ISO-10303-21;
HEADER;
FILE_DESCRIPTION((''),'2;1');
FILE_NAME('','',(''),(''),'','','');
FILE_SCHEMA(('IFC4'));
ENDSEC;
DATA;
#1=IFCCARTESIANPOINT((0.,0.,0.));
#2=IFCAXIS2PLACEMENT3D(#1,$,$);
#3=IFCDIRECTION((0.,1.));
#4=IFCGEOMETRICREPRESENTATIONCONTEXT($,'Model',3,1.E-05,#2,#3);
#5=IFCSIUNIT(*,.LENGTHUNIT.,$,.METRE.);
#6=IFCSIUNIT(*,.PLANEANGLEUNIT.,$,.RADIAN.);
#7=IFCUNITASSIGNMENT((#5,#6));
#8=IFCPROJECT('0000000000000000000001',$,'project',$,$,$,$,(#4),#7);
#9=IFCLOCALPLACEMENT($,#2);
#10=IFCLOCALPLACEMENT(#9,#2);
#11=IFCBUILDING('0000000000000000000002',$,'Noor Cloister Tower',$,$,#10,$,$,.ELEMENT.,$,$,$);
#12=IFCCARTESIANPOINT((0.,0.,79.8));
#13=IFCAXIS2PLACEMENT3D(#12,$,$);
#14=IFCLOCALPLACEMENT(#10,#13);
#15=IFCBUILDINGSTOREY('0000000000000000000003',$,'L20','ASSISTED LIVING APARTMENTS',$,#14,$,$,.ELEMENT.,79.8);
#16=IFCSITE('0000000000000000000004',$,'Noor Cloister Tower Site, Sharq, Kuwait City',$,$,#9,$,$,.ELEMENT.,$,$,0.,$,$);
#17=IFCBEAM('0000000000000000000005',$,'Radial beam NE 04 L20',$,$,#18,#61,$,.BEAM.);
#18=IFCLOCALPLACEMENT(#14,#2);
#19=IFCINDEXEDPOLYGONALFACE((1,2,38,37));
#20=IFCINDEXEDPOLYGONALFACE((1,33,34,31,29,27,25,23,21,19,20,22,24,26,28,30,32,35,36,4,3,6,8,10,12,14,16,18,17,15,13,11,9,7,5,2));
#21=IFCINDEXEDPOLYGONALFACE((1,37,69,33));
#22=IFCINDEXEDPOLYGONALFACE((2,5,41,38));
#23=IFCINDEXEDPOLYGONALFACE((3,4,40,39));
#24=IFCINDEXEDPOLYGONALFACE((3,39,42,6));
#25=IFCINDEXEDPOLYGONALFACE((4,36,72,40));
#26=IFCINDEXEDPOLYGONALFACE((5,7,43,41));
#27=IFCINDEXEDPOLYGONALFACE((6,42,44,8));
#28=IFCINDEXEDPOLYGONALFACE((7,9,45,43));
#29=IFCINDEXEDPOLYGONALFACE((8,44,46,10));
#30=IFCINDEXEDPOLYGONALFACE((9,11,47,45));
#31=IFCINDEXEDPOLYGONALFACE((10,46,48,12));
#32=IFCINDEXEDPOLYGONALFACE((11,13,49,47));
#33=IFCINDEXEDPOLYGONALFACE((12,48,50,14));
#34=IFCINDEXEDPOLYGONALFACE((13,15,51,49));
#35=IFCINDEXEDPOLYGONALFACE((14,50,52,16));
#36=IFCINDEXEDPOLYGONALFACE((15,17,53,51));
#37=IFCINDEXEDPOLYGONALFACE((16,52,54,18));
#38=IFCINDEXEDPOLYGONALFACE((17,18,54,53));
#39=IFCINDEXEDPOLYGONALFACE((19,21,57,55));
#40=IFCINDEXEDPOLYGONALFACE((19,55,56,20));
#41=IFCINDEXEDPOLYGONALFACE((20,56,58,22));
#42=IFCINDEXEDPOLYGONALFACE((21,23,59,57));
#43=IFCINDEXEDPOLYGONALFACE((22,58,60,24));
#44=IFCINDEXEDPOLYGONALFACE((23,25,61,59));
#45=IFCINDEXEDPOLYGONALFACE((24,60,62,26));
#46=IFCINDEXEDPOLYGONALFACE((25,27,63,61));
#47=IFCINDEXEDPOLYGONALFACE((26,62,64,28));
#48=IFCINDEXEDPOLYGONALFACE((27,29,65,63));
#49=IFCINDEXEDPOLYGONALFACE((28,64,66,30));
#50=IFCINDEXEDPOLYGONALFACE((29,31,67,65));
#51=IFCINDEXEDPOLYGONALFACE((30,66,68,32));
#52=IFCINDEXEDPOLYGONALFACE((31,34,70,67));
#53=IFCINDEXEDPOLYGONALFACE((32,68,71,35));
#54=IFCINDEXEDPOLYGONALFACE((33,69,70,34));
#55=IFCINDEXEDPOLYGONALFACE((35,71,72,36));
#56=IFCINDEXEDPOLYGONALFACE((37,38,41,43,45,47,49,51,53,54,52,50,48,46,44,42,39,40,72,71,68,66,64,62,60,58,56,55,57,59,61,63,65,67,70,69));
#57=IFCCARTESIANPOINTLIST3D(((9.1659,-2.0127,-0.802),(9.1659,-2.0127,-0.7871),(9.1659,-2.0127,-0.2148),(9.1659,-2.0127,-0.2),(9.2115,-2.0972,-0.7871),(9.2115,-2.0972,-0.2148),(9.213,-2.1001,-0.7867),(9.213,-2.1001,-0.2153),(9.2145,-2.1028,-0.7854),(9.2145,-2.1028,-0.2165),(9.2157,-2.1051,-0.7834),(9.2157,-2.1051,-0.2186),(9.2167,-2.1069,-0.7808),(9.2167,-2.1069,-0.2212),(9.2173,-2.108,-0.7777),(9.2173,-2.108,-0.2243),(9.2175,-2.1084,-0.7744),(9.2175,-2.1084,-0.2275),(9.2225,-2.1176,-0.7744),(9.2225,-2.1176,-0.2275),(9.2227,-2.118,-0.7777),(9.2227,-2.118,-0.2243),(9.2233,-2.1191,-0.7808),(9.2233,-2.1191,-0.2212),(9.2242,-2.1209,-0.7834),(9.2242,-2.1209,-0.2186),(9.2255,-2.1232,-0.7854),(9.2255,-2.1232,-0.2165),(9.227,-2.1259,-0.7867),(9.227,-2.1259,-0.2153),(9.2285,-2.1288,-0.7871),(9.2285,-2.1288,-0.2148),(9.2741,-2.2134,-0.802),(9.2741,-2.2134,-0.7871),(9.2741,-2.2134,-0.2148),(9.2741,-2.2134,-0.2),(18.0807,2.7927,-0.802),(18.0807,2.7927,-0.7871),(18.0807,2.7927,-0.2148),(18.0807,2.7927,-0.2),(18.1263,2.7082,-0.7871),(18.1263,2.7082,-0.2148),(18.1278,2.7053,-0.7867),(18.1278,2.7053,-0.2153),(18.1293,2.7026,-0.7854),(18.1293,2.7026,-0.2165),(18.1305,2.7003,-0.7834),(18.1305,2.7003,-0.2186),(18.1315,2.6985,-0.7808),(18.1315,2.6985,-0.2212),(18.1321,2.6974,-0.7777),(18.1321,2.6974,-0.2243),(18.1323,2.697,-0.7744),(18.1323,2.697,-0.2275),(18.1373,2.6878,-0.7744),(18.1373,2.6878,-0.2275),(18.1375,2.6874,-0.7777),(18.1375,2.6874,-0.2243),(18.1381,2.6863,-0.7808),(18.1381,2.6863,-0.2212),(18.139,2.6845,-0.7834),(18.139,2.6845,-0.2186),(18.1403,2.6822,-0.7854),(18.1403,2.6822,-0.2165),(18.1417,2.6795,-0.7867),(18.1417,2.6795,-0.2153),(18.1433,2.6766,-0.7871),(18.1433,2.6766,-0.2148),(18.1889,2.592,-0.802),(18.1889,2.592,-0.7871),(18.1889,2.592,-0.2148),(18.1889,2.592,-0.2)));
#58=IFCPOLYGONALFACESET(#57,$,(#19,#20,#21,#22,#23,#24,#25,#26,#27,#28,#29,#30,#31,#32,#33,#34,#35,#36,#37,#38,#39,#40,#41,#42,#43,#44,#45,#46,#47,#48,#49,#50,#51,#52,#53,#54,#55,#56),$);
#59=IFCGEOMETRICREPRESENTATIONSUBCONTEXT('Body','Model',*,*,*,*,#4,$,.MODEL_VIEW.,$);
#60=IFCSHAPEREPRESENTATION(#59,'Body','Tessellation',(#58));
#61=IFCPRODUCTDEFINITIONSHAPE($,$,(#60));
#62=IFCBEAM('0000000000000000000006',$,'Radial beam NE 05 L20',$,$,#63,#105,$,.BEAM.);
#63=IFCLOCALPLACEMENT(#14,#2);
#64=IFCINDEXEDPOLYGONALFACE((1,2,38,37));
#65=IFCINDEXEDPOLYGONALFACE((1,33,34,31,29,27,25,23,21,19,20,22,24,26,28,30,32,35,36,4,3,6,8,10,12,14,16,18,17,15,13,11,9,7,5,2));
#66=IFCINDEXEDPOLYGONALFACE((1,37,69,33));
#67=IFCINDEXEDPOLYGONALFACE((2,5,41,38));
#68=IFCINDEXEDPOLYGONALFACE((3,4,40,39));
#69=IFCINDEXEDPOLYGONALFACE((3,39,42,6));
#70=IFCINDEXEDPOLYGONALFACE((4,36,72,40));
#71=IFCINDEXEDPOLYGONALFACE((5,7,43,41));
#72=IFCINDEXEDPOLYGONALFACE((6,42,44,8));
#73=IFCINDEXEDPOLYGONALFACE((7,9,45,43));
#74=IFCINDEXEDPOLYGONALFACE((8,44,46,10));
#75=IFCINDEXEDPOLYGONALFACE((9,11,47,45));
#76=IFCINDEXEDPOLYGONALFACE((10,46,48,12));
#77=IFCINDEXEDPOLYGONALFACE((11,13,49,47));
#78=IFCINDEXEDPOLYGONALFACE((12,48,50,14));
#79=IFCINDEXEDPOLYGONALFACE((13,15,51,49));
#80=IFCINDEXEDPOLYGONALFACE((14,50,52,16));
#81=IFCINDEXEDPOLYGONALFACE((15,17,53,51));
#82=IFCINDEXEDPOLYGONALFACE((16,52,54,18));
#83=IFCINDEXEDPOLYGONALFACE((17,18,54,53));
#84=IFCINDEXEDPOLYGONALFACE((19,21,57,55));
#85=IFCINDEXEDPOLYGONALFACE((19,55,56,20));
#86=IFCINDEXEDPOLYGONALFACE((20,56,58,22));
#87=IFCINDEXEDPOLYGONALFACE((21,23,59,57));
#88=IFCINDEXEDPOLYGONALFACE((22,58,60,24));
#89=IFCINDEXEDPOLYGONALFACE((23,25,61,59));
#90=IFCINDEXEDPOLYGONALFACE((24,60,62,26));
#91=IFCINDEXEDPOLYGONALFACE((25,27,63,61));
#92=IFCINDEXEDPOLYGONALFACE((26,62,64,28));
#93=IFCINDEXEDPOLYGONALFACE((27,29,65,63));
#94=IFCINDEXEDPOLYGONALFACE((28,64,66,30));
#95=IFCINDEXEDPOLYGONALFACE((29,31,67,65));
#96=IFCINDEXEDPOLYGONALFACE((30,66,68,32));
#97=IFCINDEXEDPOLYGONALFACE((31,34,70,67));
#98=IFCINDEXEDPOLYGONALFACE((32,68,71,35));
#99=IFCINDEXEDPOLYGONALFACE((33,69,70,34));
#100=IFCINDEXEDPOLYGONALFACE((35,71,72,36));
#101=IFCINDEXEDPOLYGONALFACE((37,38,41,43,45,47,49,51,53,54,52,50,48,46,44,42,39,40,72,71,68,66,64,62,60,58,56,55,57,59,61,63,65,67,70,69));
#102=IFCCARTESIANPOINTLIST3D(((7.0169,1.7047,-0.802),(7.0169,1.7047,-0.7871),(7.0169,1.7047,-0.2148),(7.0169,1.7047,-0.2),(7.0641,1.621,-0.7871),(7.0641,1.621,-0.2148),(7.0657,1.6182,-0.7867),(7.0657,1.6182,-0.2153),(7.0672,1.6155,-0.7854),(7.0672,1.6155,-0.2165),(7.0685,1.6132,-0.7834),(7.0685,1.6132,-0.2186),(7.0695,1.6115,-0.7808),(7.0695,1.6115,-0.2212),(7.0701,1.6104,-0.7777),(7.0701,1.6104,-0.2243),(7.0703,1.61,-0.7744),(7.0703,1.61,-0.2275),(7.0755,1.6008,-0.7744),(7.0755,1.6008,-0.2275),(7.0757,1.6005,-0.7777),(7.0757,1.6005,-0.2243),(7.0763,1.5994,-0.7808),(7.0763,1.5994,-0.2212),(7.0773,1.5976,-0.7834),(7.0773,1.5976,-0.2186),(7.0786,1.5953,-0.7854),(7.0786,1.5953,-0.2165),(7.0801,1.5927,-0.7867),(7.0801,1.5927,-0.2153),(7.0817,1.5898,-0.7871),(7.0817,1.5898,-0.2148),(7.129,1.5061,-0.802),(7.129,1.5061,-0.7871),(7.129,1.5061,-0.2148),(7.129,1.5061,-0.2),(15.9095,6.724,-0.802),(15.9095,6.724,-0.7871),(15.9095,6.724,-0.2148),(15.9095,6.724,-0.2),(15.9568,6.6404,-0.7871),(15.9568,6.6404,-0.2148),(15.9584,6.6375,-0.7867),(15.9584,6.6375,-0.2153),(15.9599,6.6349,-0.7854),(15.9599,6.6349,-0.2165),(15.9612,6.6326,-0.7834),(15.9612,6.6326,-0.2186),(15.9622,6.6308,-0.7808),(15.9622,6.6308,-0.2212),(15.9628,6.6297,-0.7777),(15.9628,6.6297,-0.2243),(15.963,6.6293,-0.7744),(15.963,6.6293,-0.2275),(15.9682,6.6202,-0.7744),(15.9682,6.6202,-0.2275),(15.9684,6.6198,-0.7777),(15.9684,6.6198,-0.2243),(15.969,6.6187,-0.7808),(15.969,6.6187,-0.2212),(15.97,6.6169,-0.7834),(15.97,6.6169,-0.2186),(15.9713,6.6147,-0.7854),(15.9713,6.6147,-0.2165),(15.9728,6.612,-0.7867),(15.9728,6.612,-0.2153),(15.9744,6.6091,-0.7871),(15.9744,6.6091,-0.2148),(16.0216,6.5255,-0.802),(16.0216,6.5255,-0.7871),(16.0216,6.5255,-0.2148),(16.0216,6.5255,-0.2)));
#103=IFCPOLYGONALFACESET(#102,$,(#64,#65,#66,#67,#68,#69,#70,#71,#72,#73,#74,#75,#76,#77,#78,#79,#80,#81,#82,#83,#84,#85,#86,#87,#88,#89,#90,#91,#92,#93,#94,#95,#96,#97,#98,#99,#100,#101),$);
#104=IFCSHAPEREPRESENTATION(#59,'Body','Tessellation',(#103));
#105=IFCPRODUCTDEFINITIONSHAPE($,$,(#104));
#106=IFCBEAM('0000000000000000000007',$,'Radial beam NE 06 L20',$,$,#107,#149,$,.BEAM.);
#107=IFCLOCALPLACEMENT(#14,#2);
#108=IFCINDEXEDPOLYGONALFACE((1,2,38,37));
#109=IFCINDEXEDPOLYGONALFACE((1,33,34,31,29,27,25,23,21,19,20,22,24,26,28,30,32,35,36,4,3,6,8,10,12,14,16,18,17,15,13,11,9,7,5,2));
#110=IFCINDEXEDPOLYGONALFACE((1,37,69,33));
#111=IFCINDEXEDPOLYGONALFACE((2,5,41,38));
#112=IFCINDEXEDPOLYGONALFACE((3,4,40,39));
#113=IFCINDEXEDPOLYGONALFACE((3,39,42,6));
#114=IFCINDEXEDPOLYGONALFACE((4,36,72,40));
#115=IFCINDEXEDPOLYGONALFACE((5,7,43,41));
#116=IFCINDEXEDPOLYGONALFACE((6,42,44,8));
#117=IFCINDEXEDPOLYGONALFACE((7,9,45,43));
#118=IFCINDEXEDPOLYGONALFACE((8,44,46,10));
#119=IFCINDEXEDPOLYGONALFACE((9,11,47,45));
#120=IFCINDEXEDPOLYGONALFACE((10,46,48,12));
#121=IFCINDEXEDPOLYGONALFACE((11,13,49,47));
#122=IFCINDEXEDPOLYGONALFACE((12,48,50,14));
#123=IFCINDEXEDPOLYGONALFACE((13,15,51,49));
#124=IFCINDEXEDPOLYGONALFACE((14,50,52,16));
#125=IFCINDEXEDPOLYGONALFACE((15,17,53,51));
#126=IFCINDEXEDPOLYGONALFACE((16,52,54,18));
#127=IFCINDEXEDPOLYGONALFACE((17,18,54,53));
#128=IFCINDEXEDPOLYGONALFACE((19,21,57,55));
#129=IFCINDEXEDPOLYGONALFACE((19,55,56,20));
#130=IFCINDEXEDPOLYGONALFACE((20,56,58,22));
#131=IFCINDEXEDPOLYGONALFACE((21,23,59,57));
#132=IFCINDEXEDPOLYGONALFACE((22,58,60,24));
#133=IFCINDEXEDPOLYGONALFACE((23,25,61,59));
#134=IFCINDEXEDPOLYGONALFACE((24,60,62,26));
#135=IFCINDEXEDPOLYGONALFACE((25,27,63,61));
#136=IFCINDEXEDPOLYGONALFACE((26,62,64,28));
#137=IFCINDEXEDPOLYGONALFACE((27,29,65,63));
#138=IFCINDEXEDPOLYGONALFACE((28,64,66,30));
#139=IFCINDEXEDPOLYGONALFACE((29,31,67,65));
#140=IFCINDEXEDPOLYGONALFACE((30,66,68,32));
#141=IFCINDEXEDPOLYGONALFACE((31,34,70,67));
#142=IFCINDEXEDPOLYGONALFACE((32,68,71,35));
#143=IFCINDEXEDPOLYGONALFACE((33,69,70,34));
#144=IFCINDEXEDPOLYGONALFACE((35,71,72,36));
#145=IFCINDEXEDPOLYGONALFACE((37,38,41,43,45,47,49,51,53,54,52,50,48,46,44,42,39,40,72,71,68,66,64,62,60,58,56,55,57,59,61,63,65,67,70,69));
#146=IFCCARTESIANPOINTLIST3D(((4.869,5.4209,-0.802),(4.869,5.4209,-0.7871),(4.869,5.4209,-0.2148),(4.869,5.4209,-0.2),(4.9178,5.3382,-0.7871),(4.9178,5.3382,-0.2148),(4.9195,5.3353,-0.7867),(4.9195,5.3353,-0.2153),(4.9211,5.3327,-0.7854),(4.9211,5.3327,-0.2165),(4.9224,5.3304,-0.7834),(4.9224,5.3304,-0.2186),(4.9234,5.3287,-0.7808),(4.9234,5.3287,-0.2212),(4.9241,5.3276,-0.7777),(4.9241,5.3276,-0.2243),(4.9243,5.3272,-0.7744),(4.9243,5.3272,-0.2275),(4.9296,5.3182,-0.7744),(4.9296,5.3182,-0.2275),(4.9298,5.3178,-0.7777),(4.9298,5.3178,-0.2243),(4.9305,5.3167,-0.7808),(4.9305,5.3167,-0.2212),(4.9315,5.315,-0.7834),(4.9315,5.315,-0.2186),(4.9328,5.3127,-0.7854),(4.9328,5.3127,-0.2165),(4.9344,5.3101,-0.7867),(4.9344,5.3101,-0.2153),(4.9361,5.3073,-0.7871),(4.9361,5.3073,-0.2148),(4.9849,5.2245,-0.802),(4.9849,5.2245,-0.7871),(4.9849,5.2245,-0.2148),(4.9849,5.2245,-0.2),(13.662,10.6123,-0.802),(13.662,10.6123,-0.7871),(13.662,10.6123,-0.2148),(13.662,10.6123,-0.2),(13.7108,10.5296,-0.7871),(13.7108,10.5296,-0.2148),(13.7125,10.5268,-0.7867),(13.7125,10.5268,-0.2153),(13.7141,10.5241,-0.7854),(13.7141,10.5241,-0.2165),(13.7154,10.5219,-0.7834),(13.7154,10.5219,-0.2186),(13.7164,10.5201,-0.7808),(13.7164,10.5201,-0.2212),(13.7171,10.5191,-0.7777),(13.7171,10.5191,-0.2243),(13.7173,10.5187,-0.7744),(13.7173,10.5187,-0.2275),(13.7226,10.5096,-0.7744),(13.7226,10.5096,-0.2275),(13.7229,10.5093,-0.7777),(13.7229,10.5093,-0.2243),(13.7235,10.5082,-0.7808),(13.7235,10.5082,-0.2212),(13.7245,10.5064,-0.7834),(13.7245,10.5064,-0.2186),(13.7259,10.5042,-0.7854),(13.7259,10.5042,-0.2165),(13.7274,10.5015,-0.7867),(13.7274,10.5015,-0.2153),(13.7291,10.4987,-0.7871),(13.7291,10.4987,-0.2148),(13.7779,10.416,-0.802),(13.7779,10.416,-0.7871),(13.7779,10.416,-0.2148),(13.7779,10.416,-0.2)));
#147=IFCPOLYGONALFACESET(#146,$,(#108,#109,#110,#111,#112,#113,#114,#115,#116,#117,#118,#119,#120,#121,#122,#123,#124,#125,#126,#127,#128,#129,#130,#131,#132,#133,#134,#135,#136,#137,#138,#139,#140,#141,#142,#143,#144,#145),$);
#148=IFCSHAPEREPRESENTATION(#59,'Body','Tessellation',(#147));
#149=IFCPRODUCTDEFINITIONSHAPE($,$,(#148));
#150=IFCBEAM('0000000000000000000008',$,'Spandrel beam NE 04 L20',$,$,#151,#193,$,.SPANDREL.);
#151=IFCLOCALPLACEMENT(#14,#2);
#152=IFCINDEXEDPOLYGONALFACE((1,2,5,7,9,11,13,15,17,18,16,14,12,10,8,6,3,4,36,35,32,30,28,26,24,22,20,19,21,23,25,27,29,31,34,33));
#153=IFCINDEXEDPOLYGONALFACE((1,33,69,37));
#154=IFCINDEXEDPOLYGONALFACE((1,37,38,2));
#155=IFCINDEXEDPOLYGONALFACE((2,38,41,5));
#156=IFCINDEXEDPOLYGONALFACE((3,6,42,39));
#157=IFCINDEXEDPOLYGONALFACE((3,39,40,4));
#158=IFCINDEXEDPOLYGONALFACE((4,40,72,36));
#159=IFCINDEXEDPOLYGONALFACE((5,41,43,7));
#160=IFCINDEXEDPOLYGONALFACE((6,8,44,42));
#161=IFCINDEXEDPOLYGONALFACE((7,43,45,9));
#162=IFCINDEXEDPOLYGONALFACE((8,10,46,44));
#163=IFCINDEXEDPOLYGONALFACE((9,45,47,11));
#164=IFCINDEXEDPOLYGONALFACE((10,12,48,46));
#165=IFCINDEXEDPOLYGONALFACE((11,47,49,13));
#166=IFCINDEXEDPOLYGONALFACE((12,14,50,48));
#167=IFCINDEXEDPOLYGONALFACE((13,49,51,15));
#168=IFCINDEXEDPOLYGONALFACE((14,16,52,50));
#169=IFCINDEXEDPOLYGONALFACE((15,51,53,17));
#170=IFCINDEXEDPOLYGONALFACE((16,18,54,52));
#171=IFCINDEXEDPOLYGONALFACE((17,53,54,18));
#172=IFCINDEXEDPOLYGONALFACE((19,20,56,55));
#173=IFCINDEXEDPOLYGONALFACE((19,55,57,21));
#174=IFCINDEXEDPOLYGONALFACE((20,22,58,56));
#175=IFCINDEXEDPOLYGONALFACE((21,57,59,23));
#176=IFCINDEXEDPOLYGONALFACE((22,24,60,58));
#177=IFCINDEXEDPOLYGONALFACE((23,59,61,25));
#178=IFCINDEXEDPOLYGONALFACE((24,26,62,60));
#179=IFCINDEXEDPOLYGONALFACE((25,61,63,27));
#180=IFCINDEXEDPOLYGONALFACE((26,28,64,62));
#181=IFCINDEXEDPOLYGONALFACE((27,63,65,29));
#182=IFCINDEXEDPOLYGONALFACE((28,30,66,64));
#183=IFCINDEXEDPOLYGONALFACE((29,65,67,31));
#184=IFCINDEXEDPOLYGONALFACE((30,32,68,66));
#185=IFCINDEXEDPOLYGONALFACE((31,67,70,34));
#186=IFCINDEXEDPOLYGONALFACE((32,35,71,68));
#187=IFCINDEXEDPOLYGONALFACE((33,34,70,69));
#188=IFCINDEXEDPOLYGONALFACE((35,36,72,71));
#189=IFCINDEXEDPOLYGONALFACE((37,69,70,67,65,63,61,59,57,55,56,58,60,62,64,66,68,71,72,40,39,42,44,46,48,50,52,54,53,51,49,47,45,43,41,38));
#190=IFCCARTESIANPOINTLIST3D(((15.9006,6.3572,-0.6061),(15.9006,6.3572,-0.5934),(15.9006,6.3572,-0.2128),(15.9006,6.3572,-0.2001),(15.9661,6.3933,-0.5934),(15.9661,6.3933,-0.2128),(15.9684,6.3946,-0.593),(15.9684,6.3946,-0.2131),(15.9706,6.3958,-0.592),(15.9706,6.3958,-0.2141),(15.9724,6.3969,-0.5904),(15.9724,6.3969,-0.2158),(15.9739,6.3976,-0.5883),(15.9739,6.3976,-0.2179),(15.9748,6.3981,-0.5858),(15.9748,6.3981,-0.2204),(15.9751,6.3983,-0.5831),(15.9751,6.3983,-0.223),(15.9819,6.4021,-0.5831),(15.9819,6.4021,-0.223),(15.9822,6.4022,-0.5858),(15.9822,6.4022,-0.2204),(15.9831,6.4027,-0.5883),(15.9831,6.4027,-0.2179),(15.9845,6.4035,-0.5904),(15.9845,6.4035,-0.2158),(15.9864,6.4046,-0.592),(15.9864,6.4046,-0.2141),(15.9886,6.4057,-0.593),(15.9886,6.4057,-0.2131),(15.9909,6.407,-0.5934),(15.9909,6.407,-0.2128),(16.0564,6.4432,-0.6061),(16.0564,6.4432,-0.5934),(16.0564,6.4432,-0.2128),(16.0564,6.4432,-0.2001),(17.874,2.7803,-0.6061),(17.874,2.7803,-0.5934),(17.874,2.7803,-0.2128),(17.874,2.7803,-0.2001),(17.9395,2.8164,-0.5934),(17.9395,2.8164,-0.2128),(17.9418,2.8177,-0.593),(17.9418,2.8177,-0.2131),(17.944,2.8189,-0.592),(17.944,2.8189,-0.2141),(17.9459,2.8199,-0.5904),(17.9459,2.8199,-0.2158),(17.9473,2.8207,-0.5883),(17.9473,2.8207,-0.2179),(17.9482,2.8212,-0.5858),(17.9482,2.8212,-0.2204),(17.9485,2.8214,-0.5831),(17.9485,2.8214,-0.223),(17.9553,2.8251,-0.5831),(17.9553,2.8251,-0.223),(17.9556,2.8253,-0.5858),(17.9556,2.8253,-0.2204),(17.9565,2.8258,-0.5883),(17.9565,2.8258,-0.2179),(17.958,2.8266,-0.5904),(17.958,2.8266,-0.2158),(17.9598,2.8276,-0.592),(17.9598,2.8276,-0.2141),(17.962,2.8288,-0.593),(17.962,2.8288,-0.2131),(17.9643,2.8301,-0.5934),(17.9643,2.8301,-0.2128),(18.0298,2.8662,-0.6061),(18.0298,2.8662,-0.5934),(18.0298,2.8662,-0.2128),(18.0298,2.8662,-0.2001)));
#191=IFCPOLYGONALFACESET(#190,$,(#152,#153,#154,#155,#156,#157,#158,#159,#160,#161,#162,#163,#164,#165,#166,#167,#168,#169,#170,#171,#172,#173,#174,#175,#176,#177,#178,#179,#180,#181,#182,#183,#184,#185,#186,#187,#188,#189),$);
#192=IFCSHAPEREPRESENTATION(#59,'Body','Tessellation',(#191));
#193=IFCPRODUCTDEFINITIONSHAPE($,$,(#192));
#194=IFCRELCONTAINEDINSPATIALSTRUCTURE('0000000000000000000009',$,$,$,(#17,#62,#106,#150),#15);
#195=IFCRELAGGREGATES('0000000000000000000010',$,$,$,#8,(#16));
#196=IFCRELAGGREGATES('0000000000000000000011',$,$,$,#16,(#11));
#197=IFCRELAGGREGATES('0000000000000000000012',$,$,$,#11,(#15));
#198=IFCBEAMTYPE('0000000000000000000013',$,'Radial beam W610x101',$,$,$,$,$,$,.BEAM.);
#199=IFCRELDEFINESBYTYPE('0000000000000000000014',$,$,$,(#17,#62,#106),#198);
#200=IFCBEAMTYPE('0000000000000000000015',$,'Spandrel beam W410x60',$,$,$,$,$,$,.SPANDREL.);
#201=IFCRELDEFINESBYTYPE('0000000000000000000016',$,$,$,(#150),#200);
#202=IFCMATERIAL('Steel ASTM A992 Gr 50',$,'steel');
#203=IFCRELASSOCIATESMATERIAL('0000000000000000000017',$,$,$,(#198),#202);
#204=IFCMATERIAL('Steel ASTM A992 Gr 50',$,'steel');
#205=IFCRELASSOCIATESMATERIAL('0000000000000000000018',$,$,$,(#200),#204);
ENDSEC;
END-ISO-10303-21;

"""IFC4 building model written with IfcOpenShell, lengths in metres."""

from ifc_helpers import new_model, si_unit, direction, frame, origin, origin_2d, place, context, subcontext, project, spatial, i_section, extrude, material, material_profile, profile_set, type_object, element, save


model = new_model("IFC4")

# Units and contexts
model_context = context("Model", 3, precision=1e-05, world=origin(), true_north=direction((0.0, 1.0)))
body_context = subcontext(model_context, "Body", "Model", "MODEL_VIEW")
ifc_project = project(units=[si_unit("LENGTHUNIT", "METRE"), si_unit("PLANEANGLEUNIT", "RADIAN")], contexts=[model_context])

# Site, building, storey
site_placement = place(None, origin())
site = spatial("IfcSite", under=ifc_project, at=site_placement, Name="Noor Cloister Tower Site, Sharq, Kuwait City", CompositionType="ELEMENT", RefElevation=0.0)
building_placement = place(site_placement, origin())
building = spatial("IfcBuilding", under=site, at=building_placement, Name="Noor Cloister Tower", CompositionType="ELEMENT")
storey_placement = place(building_placement, frame((0.0, 0.0, 79.8)))
storey = spatial("IfcBuildingStorey", under=building, at=storey_placement, Name="L20", Description="ASSISTED LIVING APARTMENTS", CompositionType="ELEMENT", Elevation=79.8)

# Beams
ifc_material_1 = material(Name="Steel ASTM A992 Gr 50", Category="steel")
ifc_material_profile_1 = material_profile(ifc_material_1, i_section(OverallWidth=0.228, OverallDepth=0.6021, WebThickness=0.0105, FlangeThickness=0.0149, FilletRadius=0.0127, at=origin_2d()), Name="W610x101")
ifc_profile_set_1 = profile_set([ifc_material_profile_1], Name="Steel ASTM A992 Gr 50")
beam_type_1 = type_object("IfcBeamType", Name="Radial beam W610x101", PredefinedType="BEAM", material=ifc_profile_set_1)
beam_1_placement = place(storey_placement, frame((18.1348, 2.6924, -0.501), z_axis=(-0.880259, -0.474494, 0.0), x_axis=(0.474494, -0.880259, 0.0)))
element("IfcBeam", 1, at=beam_1_placement, inside=storey, type_object=beam_type_1, Name="Radial beam NE 04 L20", PredefinedType="BEAM", context=body_context, shape_type="SweptSolid", body=[
    extrude(i_section(OverallWidth=0.228, OverallDepth=0.6021, WebThickness=0.0105, FlangeThickness=0.0149, FilletRadius=0.0127, at=origin_2d()), origin(), (0.0, 0.0, 1.0), 10.1274),
])
beam_2_placement = place(storey_placement, frame((15.9656, 6.6248, -0.501), z_axis=(-0.870854, -0.491541, 0.0), x_axis=(0.491541, -0.870854, 0.0)))
element("IfcBeam", 2, at=beam_2_placement, inside=storey, type_object=beam_type_1, Name="Radial beam NE 05 L20", PredefinedType="BEAM", context=body_context, shape_type="SweptSolid", body=[
    extrude(i_section(OverallWidth=0.228, OverallDepth=0.6021, WebThickness=0.0105, FlangeThickness=0.0149, FilletRadius=0.0127, at=origin_2d()), origin(), (0.0, 0.0, 1.0), 10.2114),
])
beam_3_placement = place(storey_placement, frame((13.72, 10.5142, -0.501), z_axis=(-0.861117, -0.508407, 0.0), x_axis=(0.508407, -0.861117, 0.0)))
element("IfcBeam", 3, at=beam_3_placement, inside=storey, type_object=beam_type_1, Name="Radial beam NE 06 L20", PredefinedType="BEAM", context=body_context, shape_type="SweptSolid", body=[
    extrude(i_section(OverallWidth=0.228, OverallDepth=0.6021, WebThickness=0.0105, FlangeThickness=0.0149, FilletRadius=0.0127, at=origin_2d()), origin(), (0.0, 0.0, 1.0), 10.2112),
])
ifc_material_2 = material(Name="Steel ASTM A992 Gr 50", Category="steel")
ifc_material_profile_2 = material_profile(ifc_material_2, i_section(OverallWidth=0.178, OverallDepth=0.406, WebThickness=0.0078, FlangeThickness=0.0127, FilletRadius=0.0103, at=origin_2d()), Name="W410x60")
ifc_profile_set_2 = profile_set([ifc_material_profile_2], Name="Steel ASTM A992 Gr 50")
beam_type_2 = type_object("IfcBeamType", Name="Spandrel beam W410x60", PredefinedType="SPANDREL", material=ifc_profile_set_2)
for number, where, z_axis, x_axis, name in (
    (4, (17.9519, 2.8232, -0.4031), (-0.483063, 0.875586, 0.0), (-0.875586, -0.483063, 0.0), "Spandrel beam NE 04 L20"),
):
    element("IfcBeam", number, at=place(storey_placement, frame(where, z_axis=z_axis, x_axis=x_axis)), inside=storey, type_object=beam_type_2, Name=name, PredefinedType="SPANDREL", context=body_context, shape_type="SweptSolid", body=[
        extrude(i_section(OverallWidth=0.178, OverallDepth=0.406, WebThickness=0.0078, FlangeThickness=0.0127, FilletRadius=0.0103, at=origin_2d()), origin(), (0.0, 0.0, 1.0), 4.0852),
    ])

save(model, "model.ifc")
